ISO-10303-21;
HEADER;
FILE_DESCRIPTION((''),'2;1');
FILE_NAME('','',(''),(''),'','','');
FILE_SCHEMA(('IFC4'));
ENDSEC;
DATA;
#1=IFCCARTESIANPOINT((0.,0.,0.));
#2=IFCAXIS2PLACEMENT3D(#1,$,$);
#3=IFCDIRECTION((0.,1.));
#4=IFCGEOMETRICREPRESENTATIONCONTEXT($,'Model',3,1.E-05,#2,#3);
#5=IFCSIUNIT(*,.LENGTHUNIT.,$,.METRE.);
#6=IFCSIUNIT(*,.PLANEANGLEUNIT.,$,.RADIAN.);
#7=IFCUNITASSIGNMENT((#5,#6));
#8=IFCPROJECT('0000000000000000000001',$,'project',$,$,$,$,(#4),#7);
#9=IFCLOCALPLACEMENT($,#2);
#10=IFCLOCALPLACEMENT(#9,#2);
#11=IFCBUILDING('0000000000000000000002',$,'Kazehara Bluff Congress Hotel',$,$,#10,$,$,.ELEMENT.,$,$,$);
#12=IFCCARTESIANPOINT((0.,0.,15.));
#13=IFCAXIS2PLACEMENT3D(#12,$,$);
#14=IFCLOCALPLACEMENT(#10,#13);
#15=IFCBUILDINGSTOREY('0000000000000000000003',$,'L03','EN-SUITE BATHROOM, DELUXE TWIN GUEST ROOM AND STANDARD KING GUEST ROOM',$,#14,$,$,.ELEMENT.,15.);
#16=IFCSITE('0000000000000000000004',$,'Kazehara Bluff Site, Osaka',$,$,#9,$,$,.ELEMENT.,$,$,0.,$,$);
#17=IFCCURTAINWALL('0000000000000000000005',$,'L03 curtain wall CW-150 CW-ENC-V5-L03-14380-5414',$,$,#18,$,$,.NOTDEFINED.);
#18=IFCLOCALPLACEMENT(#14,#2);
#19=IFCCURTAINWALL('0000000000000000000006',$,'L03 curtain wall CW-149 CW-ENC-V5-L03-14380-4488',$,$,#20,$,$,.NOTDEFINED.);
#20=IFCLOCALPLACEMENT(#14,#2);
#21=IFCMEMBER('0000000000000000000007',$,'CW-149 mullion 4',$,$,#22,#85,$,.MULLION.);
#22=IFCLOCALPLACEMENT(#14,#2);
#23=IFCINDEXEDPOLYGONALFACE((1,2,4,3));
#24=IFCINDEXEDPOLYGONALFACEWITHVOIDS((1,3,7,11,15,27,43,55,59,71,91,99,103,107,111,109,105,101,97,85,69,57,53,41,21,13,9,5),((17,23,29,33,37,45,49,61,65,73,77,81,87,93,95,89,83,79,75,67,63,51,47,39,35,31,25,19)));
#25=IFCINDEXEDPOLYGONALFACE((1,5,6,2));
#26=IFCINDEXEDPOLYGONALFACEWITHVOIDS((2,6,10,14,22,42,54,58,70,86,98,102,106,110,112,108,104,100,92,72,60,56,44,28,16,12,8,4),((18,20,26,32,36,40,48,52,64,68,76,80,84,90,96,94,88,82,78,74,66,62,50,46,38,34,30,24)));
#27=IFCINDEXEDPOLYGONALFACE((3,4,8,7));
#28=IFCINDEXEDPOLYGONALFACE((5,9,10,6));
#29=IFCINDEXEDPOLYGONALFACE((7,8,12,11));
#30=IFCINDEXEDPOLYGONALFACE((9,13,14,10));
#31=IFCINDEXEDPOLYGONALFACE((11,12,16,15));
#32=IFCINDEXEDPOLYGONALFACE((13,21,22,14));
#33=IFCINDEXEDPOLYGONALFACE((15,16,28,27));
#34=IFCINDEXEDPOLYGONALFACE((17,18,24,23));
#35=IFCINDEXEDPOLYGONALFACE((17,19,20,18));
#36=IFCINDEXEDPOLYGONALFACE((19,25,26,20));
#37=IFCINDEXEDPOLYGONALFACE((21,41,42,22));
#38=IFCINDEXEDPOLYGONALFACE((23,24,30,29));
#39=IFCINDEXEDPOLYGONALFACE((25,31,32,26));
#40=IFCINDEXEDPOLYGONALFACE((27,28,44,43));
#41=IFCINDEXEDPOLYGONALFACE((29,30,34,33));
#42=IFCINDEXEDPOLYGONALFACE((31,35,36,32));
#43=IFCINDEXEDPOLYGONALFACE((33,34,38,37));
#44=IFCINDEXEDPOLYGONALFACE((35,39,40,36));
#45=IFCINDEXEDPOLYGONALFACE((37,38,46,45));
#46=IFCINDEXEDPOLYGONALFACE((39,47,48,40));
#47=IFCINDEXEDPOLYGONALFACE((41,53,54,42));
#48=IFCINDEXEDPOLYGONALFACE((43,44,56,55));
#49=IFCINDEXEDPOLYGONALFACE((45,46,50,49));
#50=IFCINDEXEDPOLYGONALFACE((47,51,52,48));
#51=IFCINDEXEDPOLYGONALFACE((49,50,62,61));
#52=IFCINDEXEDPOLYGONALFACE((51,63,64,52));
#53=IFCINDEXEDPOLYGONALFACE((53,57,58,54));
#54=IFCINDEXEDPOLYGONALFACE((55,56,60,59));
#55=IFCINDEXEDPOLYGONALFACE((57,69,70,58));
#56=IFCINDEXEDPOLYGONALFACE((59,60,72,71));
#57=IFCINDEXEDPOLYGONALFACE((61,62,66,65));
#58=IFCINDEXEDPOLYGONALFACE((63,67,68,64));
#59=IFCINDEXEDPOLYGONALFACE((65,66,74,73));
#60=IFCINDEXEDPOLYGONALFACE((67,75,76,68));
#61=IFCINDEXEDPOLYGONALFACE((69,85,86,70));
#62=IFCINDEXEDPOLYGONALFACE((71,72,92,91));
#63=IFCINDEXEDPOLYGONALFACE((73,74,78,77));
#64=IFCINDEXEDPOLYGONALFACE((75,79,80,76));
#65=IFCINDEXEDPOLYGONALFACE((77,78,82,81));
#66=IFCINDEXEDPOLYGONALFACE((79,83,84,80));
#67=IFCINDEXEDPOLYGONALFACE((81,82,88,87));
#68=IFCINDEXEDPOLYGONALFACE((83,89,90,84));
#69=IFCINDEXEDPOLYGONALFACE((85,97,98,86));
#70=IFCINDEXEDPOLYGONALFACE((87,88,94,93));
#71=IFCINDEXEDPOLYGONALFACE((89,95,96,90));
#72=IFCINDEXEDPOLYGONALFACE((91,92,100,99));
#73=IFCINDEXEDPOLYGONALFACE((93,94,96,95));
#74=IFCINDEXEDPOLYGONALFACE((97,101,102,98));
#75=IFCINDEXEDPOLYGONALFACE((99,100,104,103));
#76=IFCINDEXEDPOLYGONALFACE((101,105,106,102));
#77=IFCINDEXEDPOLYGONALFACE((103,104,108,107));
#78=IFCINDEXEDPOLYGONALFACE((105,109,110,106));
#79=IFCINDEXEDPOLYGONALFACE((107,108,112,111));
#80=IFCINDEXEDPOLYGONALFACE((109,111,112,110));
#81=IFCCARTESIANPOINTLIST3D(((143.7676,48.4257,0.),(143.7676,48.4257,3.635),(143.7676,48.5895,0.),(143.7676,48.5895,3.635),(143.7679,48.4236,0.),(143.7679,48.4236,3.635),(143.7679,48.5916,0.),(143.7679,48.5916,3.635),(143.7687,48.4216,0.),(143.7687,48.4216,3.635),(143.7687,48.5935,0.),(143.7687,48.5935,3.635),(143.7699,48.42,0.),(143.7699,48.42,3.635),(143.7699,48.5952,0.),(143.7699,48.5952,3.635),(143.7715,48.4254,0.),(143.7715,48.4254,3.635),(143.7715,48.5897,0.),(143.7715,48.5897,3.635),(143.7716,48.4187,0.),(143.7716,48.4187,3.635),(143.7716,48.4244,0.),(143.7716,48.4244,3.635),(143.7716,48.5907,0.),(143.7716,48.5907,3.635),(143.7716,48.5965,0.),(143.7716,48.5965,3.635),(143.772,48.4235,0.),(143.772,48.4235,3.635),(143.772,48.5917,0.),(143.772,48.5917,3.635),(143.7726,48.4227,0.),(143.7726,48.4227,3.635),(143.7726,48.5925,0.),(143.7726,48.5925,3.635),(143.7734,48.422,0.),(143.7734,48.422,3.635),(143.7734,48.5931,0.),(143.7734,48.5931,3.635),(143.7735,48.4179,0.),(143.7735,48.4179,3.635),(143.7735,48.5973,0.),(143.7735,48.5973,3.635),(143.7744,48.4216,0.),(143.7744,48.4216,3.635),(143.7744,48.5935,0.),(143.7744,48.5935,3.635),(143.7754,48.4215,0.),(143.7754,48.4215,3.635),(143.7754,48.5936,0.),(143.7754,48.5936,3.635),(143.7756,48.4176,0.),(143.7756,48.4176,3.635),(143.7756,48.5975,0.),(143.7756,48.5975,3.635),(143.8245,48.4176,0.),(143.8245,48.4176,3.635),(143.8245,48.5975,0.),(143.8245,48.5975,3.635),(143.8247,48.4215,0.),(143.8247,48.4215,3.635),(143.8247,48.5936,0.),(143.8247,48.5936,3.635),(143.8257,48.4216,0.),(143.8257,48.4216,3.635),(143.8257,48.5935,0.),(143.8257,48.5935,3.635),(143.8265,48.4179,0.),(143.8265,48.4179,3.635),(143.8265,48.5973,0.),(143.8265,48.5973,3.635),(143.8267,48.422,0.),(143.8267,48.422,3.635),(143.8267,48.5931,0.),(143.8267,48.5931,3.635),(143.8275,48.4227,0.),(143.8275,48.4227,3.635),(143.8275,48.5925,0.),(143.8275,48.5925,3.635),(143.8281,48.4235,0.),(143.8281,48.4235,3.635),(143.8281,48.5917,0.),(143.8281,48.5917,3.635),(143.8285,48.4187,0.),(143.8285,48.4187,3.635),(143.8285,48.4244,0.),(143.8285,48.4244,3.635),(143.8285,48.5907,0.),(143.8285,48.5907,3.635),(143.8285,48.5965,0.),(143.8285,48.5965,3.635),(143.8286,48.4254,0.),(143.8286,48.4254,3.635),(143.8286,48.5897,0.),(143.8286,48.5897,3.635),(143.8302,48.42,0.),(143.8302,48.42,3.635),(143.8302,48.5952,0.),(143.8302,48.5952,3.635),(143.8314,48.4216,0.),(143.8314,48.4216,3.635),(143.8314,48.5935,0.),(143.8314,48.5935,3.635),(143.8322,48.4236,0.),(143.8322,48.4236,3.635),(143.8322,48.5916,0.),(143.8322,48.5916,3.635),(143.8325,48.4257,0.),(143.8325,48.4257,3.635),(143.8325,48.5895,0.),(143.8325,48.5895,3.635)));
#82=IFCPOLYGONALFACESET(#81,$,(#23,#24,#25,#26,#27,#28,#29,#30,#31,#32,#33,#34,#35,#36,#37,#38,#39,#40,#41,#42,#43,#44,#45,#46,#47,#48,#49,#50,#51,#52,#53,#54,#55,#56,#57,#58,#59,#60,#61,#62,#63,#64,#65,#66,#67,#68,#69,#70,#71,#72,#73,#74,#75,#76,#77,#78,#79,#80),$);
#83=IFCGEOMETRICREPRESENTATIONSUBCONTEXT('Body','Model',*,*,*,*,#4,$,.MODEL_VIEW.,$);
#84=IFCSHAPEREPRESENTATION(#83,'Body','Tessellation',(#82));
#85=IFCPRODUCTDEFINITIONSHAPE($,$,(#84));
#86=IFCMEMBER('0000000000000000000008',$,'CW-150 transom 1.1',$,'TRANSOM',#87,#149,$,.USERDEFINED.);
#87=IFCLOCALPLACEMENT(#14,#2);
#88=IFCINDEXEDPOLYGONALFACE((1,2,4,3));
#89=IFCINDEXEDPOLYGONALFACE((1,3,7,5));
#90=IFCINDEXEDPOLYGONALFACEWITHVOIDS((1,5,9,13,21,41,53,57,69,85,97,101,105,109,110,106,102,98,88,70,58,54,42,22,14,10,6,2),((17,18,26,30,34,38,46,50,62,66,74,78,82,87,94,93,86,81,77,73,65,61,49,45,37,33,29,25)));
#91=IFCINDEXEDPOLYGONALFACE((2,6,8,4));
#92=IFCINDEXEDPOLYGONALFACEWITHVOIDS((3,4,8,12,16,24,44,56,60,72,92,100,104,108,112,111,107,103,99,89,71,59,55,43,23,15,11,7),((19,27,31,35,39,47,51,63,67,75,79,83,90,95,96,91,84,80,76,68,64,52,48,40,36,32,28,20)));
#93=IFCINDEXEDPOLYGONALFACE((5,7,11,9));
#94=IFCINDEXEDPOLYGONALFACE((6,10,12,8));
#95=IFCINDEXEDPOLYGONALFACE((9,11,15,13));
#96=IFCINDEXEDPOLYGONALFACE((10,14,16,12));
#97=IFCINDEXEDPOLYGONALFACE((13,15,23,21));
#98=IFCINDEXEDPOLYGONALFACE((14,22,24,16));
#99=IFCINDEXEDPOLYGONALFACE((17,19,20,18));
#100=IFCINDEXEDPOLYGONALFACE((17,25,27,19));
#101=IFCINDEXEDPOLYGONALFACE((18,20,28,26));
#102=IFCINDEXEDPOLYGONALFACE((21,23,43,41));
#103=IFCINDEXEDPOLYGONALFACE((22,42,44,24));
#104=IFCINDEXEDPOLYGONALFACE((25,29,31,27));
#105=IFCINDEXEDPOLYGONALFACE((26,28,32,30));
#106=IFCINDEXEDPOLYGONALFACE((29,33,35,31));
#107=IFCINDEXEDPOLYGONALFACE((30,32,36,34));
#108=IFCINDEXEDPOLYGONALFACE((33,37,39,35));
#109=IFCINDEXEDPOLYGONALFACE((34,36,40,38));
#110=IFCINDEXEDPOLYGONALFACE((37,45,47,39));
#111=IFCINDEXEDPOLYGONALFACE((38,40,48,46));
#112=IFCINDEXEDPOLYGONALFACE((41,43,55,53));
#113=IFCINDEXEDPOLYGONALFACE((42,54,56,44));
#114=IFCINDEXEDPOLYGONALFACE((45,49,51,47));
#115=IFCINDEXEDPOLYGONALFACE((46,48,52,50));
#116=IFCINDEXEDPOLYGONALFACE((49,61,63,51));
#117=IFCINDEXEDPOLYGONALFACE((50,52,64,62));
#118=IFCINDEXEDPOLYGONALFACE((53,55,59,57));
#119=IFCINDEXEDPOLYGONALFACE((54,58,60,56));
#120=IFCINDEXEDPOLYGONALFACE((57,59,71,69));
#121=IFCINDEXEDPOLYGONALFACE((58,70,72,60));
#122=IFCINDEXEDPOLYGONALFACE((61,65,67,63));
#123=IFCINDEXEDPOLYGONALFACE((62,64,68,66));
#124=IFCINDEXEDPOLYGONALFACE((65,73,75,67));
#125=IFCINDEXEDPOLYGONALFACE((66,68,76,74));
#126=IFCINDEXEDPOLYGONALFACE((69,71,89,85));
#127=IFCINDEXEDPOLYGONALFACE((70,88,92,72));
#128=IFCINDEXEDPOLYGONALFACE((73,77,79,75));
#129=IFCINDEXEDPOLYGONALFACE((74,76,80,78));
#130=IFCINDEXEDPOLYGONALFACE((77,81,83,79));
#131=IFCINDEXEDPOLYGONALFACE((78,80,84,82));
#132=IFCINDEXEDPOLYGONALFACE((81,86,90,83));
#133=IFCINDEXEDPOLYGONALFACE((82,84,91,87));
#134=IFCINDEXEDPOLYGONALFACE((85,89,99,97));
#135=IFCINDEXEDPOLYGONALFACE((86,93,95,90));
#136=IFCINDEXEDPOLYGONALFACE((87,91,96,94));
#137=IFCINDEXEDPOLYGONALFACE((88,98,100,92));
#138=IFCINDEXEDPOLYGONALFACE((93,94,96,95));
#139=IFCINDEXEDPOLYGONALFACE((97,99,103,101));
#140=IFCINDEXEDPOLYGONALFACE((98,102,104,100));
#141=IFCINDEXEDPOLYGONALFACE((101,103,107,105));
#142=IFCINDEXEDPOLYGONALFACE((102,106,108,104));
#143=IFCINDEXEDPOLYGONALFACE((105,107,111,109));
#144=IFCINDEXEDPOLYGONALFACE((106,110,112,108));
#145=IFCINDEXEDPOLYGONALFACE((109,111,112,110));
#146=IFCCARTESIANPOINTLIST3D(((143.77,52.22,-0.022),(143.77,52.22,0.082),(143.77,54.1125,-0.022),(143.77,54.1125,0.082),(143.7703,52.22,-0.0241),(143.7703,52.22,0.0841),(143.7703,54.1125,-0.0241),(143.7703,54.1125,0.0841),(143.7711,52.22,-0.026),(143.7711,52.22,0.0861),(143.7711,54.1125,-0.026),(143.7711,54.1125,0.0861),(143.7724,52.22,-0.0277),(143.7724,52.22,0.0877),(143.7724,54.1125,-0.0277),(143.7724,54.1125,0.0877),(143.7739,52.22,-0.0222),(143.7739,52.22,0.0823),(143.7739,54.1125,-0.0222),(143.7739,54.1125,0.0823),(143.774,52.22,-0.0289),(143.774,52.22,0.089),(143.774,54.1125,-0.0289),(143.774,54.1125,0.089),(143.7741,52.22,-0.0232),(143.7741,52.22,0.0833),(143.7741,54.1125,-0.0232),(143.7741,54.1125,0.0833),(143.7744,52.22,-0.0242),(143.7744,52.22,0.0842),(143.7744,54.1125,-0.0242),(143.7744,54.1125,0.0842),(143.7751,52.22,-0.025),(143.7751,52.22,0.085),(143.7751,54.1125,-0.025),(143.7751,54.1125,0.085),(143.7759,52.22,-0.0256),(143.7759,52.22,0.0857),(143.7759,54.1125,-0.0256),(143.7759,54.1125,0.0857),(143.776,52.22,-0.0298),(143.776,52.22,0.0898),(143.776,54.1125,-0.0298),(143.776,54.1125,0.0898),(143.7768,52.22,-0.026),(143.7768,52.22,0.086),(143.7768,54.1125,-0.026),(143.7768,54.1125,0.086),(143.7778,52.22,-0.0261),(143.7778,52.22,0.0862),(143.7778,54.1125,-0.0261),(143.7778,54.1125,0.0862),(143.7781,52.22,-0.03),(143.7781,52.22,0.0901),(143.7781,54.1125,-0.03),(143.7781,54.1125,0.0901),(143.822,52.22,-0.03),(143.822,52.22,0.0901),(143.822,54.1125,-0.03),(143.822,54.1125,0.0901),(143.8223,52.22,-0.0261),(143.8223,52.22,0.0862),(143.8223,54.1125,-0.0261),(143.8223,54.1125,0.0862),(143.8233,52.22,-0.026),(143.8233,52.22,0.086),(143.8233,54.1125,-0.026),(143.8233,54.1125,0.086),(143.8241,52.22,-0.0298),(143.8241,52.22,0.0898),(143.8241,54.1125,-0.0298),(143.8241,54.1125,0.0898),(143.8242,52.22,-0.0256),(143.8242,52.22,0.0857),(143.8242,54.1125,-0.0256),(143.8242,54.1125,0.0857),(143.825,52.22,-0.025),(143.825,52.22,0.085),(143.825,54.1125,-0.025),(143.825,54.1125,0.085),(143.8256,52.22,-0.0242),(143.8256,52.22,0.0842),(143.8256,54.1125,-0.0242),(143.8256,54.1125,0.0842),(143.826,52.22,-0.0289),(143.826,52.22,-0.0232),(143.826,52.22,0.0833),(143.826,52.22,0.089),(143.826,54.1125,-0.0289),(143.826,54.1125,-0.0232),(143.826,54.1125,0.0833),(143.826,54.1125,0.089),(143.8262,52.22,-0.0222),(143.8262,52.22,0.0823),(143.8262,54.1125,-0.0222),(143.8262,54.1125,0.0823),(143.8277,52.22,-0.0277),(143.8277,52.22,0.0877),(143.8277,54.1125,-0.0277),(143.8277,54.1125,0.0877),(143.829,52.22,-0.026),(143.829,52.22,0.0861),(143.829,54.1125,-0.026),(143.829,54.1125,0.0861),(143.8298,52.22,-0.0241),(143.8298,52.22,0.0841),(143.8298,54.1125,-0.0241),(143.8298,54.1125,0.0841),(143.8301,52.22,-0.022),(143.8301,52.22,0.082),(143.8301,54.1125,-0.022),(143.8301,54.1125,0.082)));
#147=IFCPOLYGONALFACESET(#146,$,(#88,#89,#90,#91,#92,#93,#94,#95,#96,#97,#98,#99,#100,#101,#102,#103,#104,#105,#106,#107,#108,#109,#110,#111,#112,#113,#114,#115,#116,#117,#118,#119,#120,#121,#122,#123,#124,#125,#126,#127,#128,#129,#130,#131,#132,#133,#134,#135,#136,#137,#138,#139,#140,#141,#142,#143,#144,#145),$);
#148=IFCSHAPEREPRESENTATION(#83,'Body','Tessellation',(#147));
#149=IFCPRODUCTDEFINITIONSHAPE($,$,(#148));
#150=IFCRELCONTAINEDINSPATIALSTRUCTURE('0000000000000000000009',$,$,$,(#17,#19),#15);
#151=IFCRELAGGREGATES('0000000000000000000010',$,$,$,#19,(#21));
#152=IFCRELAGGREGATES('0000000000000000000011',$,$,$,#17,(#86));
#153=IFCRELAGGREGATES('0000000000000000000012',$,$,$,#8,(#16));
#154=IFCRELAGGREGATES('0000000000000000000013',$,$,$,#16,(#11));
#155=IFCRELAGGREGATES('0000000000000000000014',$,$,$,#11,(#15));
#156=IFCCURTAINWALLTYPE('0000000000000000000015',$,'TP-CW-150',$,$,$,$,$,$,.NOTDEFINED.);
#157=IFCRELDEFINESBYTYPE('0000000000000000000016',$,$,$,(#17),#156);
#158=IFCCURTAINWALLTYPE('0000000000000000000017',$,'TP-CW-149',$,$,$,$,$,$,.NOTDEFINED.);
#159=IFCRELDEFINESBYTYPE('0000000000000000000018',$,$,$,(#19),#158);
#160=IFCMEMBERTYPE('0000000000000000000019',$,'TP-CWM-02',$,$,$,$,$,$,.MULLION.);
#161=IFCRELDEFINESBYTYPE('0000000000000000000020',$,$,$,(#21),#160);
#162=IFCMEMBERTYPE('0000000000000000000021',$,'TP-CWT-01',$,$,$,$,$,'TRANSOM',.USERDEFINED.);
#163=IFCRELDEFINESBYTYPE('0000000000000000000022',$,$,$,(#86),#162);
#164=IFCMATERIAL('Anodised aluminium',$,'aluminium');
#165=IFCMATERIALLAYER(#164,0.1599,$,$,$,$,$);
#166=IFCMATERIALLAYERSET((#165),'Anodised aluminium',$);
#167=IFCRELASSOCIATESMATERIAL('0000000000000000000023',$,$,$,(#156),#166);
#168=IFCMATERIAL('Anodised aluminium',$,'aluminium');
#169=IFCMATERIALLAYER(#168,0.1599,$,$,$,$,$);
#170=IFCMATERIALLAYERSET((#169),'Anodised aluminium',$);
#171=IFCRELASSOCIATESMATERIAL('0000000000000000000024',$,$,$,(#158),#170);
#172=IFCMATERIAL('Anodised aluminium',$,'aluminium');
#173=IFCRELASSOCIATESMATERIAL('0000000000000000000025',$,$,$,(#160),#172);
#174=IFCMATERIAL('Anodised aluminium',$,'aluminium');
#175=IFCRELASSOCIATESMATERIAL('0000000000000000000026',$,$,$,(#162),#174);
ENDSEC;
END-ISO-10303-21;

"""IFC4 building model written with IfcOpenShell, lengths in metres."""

from ifc_helpers import new_model, si_unit, direction, frame, origin, origin_2d, place, context, subcontext, project, spatial, hollow_rectangle, extrude, material, layer, layer_set, material_profile, profile_set, type_object, element, aggregate, save


model = new_model("IFC4")

# Units and contexts
model_context = context("Model", 3, precision=1e-05, world=origin(), true_north=direction((0.0, 1.0)))
body_context = subcontext(model_context, "Body", "Model", "MODEL_VIEW")
ifc_project = project(units=[si_unit("LENGTHUNIT", "METRE"), si_unit("PLANEANGLEUNIT", "RADIAN")], contexts=[model_context])

# Site, building, storey
site_placement = place(None, origin())
site = spatial("IfcSite", under=ifc_project, at=site_placement, Name="Kazehara Bluff Site, Osaka", CompositionType="ELEMENT", RefElevation=0.0)
building_placement = place(site_placement, origin())
building = spatial("IfcBuilding", under=site, at=building_placement, Name="Kazehara Bluff Congress Hotel", CompositionType="ELEMENT")
storey_placement = place(building_placement, frame((0.0, 0.0, 15.0)))
storey = spatial("IfcBuildingStorey", under=building, at=storey_placement, Name="L03", Description="EN-SUITE BATHROOM, DELUXE TWIN GUEST ROOM AND STANDARD KING GUEST ROOM", CompositionType="ELEMENT", Elevation=15.0)

# Curtain wall
ifc_material_1 = material(Name="Anodised aluminium", Category="aluminium")
ifc_layer_1 = layer(ifc_material_1, 0.1599)
ifc_layer_set_1 = layer_set([ifc_layer_1], Name="Anodised aluminium")
curtain_wall_type_1 = type_object("IfcCurtainWallType", Name="TP-CW-150", PredefinedType="NOTDEFINED", material=ifc_layer_set_1)
curtain_wall_1_placement = place(storey_placement, origin())
curtain_wall_1 = element("IfcCurtainWall", 1, at=curtain_wall_1_placement, inside=storey, type_object=curtain_wall_type_1, Name="L03 curtain wall CW-150 CW-ENC-V5-L03-14380-5414", PredefinedType="NOTDEFINED")

# Curtain wall, member
ifc_material_2 = material(Name="Anodised aluminium", Category="aluminium")
ifc_layer_2 = layer(ifc_material_2, 0.1599)
ifc_layer_set_2 = layer_set([ifc_layer_2], Name="Anodised aluminium")
curtain_wall_type_2 = type_object("IfcCurtainWallType", Name="TP-CW-149", PredefinedType="NOTDEFINED", material=ifc_layer_set_2)
curtain_wall_2_placement = place(storey_placement, origin())
curtain_wall_2 = element("IfcCurtainWall", 2, at=curtain_wall_2_placement, inside=storey, type_object=curtain_wall_type_2, Name="L03 curtain wall CW-149 CW-ENC-V5-L03-14380-4488", PredefinedType="NOTDEFINED")
ifc_material_3 = material(Name="Anodised aluminium", Category="aluminium")
ifc_material_profile_1 = material_profile(ifc_material_3, hollow_rectangle(XDim=0.0649, YDim=0.1799, WallThickness=0.0039, InnerFilletRadius=0.0039, OuterFilletRadius=0.0081, at=origin_2d()))
ifc_profile_set_1 = profile_set([ifc_material_profile_1], Name="Anodised aluminium")
member_type_1 = type_object("IfcMemberType", Name="TP-CWM-02", PredefinedType="MULLION", material=ifc_profile_set_1)
member_1_placement = place(storey_placement, frame((143.8, 48.5076, 0.0), z_axis=(0.0, 0.0, 1.0), x_axis=(-1.0, 0.0, 0.0)))
member_1 = element("IfcMember", 3, at=member_1_placement, type_object=member_type_1, Name="CW-149 mullion 4", PredefinedType="MULLION", context=body_context, shape_type="SweptSolid", body=[
    extrude(hollow_rectangle(XDim=0.0649, YDim=0.1799, WallThickness=0.0039, InnerFilletRadius=0.0039, OuterFilletRadius=0.0081, at=origin_2d()), origin(), (0.0, 0.0, 1.0), 3.635),
])

# Member
ifc_material_4 = material(Name="Anodised aluminium", Category="aluminium")
ifc_material_profile_2 = material_profile(ifc_material_4, hollow_rectangle(XDim=0.0601, YDim=0.1201, WallThickness=0.0039, InnerFilletRadius=0.0039, OuterFilletRadius=0.0081, at=origin_2d()))
ifc_profile_set_2 = profile_set([ifc_material_profile_2], Name="Anodised aluminium")
member_type_2 = type_object("IfcMemberType", Name="TP-CWT-01", ElementType="TRANSOM", PredefinedType="USERDEFINED", material=ifc_profile_set_2)
member_2_placement = place(storey_placement, frame((143.8, 52.22, 0.03), z_axis=(0.0, 1.0, 0.0), x_axis=(-1.0, 0.0, 0.0)))
member_2 = element("IfcMember", 4, at=member_2_placement, type_object=member_type_2, Name="CW-150 transom 1.1", ObjectType="TRANSOM", PredefinedType="USERDEFINED", context=body_context, shape_type="SweptSolid", body=[
    extrude(hollow_rectangle(XDim=0.0601, YDim=0.1201, WallThickness=0.0039, InnerFilletRadius=0.0039, OuterFilletRadius=0.0081, at=origin_2d()), origin(), (0.0, 0.0, 1.0), 1.8926),
])

aggregate(curtain_wall_2, [member_1])
aggregate(curtain_wall_1, [member_2])

save(model, "model.ifc")
